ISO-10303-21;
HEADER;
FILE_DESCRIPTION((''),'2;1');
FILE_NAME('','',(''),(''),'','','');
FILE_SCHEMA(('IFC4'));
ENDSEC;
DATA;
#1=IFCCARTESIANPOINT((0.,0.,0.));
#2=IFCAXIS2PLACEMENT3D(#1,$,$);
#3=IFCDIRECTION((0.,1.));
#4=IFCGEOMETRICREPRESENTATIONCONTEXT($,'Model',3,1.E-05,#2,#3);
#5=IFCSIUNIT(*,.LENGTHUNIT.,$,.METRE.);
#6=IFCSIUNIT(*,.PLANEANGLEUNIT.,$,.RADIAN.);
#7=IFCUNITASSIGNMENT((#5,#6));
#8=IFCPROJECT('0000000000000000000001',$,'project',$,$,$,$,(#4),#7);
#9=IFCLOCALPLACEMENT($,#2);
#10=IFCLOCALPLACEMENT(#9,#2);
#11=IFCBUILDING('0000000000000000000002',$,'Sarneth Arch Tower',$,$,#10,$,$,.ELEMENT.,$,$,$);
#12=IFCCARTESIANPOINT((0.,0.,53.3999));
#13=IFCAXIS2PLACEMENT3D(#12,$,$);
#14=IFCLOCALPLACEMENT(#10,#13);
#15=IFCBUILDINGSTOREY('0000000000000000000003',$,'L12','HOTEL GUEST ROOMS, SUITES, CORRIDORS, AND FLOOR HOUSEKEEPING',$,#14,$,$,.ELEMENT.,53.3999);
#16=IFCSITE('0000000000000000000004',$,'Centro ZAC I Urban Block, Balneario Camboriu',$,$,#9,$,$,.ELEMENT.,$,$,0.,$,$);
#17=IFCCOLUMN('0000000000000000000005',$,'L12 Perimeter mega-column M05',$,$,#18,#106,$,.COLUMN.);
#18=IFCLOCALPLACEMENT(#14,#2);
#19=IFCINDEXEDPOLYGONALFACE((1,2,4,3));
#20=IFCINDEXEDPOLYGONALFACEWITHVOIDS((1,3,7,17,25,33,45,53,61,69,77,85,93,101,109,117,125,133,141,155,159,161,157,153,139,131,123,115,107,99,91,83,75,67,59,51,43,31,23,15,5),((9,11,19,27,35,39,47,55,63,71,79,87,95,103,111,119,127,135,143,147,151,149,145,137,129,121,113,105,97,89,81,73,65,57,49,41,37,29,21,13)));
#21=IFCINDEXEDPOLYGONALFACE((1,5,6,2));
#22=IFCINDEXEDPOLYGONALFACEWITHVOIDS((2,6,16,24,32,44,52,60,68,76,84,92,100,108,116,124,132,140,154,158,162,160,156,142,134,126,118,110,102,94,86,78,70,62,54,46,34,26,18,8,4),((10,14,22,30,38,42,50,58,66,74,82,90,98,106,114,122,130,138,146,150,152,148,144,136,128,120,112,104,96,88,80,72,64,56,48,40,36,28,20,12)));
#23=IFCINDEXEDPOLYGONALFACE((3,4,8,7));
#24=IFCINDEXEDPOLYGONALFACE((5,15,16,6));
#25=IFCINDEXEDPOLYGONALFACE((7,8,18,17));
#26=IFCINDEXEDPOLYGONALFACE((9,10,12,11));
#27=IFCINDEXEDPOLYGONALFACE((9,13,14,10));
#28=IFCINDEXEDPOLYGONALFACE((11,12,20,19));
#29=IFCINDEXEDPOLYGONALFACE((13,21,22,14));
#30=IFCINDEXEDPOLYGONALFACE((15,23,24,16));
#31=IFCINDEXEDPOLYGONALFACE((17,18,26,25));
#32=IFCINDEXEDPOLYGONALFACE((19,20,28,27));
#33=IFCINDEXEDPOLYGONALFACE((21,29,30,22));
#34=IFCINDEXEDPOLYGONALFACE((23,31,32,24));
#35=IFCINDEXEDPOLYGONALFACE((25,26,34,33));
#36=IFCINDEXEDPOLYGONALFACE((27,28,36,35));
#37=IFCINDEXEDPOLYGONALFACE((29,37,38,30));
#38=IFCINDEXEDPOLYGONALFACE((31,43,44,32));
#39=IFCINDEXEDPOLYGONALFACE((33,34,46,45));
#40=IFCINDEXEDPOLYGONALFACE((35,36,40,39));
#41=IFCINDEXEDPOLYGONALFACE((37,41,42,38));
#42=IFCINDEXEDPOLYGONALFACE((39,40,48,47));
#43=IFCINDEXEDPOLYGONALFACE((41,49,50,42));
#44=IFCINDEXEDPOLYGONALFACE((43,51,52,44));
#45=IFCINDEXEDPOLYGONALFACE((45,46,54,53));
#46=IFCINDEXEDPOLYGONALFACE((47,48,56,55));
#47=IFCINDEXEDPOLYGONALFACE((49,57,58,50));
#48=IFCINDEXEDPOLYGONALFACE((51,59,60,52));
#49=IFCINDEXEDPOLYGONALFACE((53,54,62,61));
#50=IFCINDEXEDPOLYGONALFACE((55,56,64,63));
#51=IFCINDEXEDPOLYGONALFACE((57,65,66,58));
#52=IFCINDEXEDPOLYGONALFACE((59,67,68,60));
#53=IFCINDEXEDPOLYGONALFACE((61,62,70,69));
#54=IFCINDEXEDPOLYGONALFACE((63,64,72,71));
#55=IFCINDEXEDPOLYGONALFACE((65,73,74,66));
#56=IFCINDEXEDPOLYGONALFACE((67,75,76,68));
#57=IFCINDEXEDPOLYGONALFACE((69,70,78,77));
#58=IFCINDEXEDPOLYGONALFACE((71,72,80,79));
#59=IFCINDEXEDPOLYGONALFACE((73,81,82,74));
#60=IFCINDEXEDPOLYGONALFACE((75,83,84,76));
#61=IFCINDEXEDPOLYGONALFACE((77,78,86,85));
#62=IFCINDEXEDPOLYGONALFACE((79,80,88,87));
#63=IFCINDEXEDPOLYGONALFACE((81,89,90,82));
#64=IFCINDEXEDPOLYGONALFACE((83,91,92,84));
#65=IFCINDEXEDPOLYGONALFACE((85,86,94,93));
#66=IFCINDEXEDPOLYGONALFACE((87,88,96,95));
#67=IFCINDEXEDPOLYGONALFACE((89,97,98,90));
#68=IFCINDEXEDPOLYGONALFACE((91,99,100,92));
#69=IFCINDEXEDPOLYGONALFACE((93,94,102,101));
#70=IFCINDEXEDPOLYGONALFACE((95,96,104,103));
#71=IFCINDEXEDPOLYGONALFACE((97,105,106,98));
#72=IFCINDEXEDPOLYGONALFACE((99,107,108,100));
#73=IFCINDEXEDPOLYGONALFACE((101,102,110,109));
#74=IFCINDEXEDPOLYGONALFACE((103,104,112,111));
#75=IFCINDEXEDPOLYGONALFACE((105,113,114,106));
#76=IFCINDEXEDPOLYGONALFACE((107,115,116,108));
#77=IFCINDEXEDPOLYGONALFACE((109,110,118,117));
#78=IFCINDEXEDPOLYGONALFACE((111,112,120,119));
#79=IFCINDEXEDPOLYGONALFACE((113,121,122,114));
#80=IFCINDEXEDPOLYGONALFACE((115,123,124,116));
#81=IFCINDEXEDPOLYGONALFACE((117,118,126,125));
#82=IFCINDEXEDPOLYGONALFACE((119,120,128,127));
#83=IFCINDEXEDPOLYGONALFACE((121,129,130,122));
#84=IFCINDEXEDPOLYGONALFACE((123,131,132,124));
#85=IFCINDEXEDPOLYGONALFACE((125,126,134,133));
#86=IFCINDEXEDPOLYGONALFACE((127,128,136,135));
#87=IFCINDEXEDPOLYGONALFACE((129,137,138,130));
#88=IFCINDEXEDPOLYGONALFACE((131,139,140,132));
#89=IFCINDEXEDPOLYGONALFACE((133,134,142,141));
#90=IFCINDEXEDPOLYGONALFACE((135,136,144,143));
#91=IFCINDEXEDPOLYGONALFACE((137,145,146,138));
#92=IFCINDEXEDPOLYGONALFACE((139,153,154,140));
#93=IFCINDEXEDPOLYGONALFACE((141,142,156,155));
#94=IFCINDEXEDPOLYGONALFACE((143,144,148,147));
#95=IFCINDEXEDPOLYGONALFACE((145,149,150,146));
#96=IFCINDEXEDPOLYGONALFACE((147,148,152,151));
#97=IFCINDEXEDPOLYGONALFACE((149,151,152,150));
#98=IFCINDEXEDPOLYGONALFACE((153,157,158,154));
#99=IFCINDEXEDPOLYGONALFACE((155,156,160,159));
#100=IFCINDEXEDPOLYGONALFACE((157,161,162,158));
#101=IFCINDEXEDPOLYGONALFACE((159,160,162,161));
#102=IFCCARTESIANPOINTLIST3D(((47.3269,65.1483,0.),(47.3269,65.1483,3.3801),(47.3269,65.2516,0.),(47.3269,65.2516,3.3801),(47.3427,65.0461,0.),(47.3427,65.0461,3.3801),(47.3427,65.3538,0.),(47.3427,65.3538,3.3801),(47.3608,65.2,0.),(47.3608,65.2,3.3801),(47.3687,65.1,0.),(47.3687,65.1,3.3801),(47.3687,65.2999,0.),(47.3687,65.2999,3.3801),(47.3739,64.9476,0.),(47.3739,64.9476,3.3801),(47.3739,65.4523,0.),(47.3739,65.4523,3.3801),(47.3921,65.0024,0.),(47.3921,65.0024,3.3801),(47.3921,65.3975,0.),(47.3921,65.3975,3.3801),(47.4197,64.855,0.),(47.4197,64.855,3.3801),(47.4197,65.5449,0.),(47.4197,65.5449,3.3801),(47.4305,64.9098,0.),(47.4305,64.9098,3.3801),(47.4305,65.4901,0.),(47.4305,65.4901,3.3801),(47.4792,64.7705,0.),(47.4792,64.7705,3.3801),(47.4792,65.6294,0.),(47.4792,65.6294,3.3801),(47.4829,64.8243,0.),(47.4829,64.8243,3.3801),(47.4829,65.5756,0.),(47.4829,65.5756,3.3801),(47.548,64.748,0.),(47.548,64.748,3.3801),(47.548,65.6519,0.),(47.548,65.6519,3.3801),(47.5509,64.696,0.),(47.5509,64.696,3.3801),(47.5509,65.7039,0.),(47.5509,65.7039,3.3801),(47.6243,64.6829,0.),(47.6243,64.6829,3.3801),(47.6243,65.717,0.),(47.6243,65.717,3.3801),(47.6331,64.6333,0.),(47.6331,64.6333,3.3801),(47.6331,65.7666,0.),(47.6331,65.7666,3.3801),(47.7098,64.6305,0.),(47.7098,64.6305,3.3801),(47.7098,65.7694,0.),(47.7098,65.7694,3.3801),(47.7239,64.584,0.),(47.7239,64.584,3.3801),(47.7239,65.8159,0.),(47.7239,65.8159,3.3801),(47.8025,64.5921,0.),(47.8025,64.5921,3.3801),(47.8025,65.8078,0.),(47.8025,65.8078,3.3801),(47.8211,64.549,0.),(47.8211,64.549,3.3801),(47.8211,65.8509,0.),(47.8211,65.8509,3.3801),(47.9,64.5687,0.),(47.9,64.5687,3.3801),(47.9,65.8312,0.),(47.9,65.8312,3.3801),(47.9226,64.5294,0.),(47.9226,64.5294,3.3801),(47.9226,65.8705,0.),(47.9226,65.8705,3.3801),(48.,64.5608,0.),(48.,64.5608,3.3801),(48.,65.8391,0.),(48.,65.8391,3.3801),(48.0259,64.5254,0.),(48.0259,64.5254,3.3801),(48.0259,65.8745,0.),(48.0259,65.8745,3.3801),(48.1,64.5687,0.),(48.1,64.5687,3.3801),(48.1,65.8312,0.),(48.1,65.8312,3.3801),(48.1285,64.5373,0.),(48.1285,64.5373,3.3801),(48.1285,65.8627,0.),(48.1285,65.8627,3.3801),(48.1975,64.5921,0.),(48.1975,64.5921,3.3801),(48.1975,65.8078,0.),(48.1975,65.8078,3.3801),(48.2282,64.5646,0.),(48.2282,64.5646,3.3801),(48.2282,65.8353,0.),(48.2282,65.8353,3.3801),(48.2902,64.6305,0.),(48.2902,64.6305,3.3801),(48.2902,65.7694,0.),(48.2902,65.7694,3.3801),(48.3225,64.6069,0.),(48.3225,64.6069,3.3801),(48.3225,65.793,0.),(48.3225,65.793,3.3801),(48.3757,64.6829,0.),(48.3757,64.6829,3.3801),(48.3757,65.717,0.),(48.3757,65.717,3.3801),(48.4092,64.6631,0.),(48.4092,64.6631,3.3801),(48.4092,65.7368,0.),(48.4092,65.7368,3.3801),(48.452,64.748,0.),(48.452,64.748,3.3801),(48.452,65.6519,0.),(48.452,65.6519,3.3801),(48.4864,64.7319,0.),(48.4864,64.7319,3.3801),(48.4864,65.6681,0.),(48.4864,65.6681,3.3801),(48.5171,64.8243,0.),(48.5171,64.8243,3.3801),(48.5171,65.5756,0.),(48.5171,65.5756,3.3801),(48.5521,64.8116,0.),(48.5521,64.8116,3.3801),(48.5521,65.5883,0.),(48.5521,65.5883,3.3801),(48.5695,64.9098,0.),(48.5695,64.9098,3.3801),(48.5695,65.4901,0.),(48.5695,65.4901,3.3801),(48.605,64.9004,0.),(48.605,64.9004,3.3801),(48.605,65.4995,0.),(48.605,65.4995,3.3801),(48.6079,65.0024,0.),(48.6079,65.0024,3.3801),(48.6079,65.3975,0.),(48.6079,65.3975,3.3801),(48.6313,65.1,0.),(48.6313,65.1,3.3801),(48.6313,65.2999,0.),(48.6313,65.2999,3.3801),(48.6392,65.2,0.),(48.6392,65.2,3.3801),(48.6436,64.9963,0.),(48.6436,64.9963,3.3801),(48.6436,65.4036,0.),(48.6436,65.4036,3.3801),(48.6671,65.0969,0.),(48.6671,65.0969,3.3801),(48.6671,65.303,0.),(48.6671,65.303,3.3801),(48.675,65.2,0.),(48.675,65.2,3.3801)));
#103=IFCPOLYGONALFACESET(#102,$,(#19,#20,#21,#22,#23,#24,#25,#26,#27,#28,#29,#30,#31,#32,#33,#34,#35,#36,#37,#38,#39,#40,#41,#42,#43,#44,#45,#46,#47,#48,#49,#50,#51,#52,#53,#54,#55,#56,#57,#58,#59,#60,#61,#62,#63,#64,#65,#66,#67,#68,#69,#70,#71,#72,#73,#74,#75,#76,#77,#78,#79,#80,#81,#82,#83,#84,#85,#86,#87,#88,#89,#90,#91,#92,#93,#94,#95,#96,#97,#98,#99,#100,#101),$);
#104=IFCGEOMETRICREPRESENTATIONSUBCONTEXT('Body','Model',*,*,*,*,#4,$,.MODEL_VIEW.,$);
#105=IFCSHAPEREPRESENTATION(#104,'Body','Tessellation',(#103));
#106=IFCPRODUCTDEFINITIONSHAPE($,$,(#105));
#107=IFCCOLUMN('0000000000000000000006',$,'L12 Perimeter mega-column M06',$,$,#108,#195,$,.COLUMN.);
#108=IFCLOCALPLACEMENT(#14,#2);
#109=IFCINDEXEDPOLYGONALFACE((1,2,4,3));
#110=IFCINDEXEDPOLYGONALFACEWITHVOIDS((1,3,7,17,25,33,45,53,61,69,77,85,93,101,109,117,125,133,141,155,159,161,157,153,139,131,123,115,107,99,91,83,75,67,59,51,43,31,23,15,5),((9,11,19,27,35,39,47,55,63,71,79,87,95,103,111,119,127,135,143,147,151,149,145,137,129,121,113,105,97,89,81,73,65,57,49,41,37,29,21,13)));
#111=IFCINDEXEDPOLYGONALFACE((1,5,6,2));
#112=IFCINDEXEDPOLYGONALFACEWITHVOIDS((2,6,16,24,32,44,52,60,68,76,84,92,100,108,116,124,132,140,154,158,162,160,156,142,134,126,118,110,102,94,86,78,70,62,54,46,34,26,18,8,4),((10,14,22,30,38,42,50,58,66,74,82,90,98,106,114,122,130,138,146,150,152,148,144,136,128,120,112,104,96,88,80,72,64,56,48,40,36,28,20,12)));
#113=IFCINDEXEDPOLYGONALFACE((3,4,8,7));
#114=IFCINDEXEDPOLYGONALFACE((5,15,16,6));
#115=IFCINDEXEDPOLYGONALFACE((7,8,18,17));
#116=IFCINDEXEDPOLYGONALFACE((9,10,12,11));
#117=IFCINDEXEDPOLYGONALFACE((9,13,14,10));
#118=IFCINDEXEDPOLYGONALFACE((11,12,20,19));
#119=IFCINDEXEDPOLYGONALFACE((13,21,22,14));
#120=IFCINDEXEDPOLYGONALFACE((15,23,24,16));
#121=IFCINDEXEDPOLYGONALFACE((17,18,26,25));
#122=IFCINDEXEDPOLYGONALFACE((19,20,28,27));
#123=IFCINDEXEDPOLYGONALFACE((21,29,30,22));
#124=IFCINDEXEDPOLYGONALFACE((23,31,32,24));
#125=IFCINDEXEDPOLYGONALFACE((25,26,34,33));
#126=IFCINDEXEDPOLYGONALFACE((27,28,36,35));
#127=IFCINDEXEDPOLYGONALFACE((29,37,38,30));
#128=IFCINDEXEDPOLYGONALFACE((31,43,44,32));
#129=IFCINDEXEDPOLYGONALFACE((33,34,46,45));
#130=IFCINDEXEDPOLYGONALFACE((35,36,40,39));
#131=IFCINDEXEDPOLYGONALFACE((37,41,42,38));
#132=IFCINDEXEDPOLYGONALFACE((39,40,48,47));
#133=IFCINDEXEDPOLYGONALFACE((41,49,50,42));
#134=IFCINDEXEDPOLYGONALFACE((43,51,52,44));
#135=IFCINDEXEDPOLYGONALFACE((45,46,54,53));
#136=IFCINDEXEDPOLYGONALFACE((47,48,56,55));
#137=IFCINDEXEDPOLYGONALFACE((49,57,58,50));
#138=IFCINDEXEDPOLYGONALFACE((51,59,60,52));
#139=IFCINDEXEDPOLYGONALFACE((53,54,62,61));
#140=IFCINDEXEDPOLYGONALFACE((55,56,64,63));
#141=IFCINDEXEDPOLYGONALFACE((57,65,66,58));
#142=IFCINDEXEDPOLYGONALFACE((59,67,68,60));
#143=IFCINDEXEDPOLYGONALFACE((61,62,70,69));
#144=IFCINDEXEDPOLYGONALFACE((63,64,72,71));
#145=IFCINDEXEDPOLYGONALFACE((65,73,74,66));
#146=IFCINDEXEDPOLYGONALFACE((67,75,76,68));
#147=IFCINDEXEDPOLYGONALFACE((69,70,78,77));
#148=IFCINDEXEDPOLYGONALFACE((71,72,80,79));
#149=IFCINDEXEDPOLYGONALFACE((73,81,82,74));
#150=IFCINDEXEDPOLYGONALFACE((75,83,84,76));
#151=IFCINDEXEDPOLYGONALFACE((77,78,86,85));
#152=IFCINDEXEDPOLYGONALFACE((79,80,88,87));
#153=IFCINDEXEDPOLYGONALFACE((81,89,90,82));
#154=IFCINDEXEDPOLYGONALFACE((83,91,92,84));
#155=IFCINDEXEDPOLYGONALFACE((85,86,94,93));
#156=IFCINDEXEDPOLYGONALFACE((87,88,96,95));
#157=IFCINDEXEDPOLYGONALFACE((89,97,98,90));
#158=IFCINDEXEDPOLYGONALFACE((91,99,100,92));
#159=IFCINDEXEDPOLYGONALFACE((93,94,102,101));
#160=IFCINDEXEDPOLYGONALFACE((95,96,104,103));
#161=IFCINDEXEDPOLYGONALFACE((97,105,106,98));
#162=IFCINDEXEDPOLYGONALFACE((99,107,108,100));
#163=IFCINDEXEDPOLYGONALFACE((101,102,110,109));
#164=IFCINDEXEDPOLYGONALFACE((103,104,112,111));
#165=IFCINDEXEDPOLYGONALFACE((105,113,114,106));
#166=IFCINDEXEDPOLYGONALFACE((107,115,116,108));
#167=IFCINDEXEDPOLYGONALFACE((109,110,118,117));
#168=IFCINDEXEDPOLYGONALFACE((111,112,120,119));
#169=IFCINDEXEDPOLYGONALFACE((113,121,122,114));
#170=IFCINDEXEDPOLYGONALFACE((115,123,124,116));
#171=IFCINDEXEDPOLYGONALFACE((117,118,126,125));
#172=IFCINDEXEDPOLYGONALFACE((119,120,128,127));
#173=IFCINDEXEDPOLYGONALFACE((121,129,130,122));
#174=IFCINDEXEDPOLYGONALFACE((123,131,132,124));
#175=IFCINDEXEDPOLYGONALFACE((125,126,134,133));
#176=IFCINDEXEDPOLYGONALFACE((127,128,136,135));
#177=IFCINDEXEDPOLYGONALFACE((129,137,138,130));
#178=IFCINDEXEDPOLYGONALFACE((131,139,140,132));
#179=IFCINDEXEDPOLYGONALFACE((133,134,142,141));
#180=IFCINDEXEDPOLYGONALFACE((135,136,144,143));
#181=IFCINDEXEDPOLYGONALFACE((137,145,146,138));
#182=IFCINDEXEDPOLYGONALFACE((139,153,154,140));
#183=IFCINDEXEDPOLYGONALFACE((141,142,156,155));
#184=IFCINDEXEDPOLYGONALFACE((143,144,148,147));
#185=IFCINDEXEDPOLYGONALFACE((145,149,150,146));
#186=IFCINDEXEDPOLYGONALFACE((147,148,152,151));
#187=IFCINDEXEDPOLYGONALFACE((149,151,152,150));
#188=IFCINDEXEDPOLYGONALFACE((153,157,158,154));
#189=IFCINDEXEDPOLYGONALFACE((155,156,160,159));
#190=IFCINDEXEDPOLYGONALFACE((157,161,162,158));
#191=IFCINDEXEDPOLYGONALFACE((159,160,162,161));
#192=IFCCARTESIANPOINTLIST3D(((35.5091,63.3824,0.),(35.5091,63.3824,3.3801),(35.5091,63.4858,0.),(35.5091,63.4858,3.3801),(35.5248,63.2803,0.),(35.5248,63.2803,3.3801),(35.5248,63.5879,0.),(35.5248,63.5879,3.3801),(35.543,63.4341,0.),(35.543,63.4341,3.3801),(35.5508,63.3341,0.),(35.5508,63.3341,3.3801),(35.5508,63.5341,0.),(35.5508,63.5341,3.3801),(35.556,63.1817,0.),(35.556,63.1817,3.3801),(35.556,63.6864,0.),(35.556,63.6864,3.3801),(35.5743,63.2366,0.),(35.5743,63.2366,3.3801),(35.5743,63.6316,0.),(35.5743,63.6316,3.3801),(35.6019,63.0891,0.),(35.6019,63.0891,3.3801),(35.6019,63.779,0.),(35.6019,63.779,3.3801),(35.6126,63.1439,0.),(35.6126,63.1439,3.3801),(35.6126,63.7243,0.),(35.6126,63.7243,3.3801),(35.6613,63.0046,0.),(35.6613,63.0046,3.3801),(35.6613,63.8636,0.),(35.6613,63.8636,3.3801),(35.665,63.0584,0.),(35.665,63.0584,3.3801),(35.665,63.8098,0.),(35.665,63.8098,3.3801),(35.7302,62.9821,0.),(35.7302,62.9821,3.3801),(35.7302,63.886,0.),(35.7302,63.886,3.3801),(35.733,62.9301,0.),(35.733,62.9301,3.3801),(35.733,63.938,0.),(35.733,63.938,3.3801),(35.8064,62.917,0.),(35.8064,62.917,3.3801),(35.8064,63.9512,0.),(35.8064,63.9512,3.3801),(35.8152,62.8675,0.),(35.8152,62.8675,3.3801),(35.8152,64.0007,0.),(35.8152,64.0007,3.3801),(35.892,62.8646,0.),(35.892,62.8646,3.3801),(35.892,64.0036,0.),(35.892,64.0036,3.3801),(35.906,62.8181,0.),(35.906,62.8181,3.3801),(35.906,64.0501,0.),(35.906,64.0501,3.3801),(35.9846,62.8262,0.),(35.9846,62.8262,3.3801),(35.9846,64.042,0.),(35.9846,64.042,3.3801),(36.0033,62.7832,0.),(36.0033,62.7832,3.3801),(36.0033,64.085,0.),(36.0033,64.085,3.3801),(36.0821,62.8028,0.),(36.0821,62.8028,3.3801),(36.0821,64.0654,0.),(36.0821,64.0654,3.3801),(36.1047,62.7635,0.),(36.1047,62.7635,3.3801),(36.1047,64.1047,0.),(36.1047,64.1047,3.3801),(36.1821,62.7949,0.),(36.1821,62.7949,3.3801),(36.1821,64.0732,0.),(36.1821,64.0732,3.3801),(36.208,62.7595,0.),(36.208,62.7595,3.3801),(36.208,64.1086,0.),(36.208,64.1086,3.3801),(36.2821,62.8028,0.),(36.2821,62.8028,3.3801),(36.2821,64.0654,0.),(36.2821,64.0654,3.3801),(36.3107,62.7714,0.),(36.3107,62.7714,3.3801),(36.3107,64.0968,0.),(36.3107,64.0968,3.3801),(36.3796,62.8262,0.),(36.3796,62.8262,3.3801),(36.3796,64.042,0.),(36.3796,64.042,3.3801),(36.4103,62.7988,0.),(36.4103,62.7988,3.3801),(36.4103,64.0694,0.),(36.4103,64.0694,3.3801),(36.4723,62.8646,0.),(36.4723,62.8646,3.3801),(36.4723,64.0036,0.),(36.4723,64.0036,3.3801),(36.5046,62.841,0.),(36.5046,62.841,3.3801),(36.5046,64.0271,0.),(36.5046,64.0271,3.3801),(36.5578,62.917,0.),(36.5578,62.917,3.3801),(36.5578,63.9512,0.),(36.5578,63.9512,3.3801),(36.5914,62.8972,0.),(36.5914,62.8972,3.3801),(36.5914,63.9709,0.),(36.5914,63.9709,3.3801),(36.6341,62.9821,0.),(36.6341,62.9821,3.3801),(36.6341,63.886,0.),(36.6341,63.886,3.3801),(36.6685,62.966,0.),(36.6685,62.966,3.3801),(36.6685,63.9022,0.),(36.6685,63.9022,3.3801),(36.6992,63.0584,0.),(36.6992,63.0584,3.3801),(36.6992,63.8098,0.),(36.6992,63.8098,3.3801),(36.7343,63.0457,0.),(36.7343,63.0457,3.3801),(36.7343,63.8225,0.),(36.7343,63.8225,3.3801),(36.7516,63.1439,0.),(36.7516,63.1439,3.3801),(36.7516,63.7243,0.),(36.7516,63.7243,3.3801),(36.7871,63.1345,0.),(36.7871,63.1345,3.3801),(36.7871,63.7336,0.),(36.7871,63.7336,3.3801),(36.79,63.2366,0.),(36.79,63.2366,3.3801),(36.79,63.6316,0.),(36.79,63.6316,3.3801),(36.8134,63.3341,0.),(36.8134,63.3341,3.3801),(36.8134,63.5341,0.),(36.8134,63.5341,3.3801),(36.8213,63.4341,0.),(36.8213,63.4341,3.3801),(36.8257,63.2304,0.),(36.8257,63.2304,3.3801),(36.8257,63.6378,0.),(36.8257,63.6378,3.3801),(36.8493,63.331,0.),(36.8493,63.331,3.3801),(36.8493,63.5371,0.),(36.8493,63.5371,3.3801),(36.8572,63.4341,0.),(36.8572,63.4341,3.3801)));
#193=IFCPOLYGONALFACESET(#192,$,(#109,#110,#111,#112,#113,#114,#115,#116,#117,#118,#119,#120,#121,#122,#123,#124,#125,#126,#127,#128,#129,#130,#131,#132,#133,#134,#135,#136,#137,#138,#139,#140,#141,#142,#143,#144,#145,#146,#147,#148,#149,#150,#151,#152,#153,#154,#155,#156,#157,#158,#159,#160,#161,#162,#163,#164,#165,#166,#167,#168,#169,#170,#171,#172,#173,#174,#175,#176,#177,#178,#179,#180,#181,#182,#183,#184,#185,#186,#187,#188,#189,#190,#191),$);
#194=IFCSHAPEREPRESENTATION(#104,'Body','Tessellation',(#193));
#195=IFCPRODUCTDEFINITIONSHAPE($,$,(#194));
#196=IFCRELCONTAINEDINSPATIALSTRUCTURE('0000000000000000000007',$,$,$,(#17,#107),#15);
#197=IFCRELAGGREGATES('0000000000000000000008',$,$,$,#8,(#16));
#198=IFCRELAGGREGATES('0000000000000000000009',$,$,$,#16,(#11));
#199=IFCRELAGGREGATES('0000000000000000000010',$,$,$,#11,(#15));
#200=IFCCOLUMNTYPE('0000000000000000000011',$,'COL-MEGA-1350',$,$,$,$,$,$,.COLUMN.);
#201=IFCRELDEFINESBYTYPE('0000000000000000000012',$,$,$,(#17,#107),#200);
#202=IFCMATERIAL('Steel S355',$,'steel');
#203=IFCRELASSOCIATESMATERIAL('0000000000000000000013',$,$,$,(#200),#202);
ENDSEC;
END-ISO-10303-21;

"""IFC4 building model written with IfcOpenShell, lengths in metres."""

from ifc_helpers import new_model, si_unit, direction, frame, origin, origin_2d, place, context, subcontext, project, spatial, hollow_circle, extrude, material, material_profile, profile_set, type_object, element, save


model = new_model("IFC4")

# Units and contexts
model_context = context("Model", 3, precision=1e-05, world=origin(), true_north=direction((0.0, 1.0)))
body_context = subcontext(model_context, "Body", "Model", "MODEL_VIEW")
ifc_project = project(units=[si_unit("LENGTHUNIT", "METRE"), si_unit("PLANEANGLEUNIT", "RADIAN")], contexts=[model_context])

# Site, building, storey
site_placement = place(None, origin())
site = spatial("IfcSite", under=ifc_project, at=site_placement, Name="Centro ZAC I Urban Block, Balneario Camboriu", CompositionType="ELEMENT", RefElevation=0.0)
building_placement = place(site_placement, origin())
building = spatial("IfcBuilding", under=site, at=building_placement, Name="Sarneth Arch Tower", CompositionType="ELEMENT")
storey_placement = place(building_placement, frame((0.0, 0.0, 53.3999)))
storey = spatial("IfcBuildingStorey", under=building, at=storey_placement, Name="L12", Description="HOTEL GUEST ROOMS, SUITES, CORRIDORS, AND FLOOR HOUSEKEEPING", CompositionType="ELEMENT", Elevation=53.3999)

# Columns
ifc_material_1 = material(Name="Steel S355", Category="steel")
ifc_material_profile_1 = material_profile(ifc_material_1, hollow_circle(Radius=0.675, WallThickness=0.0359, at=origin_2d()), Name="CHS1350x36")
ifc_profile_set_1 = profile_set([ifc_material_profile_1], Name="Steel S355")
column_type = type_object("IfcColumnType", Name="COL-MEGA-1350", PredefinedType="COLUMN", material=ifc_profile_set_1)
for number, where, z_axis, x_axis, name in (
    (1, (48.0, 65.2, 0.0), (0.0, 0.0, 1.0), (1.0, 0.0, 0.0), "L12 Perimeter mega-column M05"),
    (2, (36.1821, 63.4341, 0.0), (0.0, 0.0, 1.0), (1.0, 0.0, 0.0), "L12 Perimeter mega-column M06"),
):
    element("IfcColumn", number, at=place(storey_placement, frame(where, z_axis=z_axis, x_axis=x_axis)), inside=storey, type_object=column_type, Name=name, PredefinedType="COLUMN", context=body_context, shape_type="SweptSolid", body=[
        extrude(hollow_circle(Radius=0.675, WallThickness=0.0359, at=origin_2d()), origin(), (0.0, 0.0, 1.0), 3.3801),
    ])

save(model, "model.ifc")
